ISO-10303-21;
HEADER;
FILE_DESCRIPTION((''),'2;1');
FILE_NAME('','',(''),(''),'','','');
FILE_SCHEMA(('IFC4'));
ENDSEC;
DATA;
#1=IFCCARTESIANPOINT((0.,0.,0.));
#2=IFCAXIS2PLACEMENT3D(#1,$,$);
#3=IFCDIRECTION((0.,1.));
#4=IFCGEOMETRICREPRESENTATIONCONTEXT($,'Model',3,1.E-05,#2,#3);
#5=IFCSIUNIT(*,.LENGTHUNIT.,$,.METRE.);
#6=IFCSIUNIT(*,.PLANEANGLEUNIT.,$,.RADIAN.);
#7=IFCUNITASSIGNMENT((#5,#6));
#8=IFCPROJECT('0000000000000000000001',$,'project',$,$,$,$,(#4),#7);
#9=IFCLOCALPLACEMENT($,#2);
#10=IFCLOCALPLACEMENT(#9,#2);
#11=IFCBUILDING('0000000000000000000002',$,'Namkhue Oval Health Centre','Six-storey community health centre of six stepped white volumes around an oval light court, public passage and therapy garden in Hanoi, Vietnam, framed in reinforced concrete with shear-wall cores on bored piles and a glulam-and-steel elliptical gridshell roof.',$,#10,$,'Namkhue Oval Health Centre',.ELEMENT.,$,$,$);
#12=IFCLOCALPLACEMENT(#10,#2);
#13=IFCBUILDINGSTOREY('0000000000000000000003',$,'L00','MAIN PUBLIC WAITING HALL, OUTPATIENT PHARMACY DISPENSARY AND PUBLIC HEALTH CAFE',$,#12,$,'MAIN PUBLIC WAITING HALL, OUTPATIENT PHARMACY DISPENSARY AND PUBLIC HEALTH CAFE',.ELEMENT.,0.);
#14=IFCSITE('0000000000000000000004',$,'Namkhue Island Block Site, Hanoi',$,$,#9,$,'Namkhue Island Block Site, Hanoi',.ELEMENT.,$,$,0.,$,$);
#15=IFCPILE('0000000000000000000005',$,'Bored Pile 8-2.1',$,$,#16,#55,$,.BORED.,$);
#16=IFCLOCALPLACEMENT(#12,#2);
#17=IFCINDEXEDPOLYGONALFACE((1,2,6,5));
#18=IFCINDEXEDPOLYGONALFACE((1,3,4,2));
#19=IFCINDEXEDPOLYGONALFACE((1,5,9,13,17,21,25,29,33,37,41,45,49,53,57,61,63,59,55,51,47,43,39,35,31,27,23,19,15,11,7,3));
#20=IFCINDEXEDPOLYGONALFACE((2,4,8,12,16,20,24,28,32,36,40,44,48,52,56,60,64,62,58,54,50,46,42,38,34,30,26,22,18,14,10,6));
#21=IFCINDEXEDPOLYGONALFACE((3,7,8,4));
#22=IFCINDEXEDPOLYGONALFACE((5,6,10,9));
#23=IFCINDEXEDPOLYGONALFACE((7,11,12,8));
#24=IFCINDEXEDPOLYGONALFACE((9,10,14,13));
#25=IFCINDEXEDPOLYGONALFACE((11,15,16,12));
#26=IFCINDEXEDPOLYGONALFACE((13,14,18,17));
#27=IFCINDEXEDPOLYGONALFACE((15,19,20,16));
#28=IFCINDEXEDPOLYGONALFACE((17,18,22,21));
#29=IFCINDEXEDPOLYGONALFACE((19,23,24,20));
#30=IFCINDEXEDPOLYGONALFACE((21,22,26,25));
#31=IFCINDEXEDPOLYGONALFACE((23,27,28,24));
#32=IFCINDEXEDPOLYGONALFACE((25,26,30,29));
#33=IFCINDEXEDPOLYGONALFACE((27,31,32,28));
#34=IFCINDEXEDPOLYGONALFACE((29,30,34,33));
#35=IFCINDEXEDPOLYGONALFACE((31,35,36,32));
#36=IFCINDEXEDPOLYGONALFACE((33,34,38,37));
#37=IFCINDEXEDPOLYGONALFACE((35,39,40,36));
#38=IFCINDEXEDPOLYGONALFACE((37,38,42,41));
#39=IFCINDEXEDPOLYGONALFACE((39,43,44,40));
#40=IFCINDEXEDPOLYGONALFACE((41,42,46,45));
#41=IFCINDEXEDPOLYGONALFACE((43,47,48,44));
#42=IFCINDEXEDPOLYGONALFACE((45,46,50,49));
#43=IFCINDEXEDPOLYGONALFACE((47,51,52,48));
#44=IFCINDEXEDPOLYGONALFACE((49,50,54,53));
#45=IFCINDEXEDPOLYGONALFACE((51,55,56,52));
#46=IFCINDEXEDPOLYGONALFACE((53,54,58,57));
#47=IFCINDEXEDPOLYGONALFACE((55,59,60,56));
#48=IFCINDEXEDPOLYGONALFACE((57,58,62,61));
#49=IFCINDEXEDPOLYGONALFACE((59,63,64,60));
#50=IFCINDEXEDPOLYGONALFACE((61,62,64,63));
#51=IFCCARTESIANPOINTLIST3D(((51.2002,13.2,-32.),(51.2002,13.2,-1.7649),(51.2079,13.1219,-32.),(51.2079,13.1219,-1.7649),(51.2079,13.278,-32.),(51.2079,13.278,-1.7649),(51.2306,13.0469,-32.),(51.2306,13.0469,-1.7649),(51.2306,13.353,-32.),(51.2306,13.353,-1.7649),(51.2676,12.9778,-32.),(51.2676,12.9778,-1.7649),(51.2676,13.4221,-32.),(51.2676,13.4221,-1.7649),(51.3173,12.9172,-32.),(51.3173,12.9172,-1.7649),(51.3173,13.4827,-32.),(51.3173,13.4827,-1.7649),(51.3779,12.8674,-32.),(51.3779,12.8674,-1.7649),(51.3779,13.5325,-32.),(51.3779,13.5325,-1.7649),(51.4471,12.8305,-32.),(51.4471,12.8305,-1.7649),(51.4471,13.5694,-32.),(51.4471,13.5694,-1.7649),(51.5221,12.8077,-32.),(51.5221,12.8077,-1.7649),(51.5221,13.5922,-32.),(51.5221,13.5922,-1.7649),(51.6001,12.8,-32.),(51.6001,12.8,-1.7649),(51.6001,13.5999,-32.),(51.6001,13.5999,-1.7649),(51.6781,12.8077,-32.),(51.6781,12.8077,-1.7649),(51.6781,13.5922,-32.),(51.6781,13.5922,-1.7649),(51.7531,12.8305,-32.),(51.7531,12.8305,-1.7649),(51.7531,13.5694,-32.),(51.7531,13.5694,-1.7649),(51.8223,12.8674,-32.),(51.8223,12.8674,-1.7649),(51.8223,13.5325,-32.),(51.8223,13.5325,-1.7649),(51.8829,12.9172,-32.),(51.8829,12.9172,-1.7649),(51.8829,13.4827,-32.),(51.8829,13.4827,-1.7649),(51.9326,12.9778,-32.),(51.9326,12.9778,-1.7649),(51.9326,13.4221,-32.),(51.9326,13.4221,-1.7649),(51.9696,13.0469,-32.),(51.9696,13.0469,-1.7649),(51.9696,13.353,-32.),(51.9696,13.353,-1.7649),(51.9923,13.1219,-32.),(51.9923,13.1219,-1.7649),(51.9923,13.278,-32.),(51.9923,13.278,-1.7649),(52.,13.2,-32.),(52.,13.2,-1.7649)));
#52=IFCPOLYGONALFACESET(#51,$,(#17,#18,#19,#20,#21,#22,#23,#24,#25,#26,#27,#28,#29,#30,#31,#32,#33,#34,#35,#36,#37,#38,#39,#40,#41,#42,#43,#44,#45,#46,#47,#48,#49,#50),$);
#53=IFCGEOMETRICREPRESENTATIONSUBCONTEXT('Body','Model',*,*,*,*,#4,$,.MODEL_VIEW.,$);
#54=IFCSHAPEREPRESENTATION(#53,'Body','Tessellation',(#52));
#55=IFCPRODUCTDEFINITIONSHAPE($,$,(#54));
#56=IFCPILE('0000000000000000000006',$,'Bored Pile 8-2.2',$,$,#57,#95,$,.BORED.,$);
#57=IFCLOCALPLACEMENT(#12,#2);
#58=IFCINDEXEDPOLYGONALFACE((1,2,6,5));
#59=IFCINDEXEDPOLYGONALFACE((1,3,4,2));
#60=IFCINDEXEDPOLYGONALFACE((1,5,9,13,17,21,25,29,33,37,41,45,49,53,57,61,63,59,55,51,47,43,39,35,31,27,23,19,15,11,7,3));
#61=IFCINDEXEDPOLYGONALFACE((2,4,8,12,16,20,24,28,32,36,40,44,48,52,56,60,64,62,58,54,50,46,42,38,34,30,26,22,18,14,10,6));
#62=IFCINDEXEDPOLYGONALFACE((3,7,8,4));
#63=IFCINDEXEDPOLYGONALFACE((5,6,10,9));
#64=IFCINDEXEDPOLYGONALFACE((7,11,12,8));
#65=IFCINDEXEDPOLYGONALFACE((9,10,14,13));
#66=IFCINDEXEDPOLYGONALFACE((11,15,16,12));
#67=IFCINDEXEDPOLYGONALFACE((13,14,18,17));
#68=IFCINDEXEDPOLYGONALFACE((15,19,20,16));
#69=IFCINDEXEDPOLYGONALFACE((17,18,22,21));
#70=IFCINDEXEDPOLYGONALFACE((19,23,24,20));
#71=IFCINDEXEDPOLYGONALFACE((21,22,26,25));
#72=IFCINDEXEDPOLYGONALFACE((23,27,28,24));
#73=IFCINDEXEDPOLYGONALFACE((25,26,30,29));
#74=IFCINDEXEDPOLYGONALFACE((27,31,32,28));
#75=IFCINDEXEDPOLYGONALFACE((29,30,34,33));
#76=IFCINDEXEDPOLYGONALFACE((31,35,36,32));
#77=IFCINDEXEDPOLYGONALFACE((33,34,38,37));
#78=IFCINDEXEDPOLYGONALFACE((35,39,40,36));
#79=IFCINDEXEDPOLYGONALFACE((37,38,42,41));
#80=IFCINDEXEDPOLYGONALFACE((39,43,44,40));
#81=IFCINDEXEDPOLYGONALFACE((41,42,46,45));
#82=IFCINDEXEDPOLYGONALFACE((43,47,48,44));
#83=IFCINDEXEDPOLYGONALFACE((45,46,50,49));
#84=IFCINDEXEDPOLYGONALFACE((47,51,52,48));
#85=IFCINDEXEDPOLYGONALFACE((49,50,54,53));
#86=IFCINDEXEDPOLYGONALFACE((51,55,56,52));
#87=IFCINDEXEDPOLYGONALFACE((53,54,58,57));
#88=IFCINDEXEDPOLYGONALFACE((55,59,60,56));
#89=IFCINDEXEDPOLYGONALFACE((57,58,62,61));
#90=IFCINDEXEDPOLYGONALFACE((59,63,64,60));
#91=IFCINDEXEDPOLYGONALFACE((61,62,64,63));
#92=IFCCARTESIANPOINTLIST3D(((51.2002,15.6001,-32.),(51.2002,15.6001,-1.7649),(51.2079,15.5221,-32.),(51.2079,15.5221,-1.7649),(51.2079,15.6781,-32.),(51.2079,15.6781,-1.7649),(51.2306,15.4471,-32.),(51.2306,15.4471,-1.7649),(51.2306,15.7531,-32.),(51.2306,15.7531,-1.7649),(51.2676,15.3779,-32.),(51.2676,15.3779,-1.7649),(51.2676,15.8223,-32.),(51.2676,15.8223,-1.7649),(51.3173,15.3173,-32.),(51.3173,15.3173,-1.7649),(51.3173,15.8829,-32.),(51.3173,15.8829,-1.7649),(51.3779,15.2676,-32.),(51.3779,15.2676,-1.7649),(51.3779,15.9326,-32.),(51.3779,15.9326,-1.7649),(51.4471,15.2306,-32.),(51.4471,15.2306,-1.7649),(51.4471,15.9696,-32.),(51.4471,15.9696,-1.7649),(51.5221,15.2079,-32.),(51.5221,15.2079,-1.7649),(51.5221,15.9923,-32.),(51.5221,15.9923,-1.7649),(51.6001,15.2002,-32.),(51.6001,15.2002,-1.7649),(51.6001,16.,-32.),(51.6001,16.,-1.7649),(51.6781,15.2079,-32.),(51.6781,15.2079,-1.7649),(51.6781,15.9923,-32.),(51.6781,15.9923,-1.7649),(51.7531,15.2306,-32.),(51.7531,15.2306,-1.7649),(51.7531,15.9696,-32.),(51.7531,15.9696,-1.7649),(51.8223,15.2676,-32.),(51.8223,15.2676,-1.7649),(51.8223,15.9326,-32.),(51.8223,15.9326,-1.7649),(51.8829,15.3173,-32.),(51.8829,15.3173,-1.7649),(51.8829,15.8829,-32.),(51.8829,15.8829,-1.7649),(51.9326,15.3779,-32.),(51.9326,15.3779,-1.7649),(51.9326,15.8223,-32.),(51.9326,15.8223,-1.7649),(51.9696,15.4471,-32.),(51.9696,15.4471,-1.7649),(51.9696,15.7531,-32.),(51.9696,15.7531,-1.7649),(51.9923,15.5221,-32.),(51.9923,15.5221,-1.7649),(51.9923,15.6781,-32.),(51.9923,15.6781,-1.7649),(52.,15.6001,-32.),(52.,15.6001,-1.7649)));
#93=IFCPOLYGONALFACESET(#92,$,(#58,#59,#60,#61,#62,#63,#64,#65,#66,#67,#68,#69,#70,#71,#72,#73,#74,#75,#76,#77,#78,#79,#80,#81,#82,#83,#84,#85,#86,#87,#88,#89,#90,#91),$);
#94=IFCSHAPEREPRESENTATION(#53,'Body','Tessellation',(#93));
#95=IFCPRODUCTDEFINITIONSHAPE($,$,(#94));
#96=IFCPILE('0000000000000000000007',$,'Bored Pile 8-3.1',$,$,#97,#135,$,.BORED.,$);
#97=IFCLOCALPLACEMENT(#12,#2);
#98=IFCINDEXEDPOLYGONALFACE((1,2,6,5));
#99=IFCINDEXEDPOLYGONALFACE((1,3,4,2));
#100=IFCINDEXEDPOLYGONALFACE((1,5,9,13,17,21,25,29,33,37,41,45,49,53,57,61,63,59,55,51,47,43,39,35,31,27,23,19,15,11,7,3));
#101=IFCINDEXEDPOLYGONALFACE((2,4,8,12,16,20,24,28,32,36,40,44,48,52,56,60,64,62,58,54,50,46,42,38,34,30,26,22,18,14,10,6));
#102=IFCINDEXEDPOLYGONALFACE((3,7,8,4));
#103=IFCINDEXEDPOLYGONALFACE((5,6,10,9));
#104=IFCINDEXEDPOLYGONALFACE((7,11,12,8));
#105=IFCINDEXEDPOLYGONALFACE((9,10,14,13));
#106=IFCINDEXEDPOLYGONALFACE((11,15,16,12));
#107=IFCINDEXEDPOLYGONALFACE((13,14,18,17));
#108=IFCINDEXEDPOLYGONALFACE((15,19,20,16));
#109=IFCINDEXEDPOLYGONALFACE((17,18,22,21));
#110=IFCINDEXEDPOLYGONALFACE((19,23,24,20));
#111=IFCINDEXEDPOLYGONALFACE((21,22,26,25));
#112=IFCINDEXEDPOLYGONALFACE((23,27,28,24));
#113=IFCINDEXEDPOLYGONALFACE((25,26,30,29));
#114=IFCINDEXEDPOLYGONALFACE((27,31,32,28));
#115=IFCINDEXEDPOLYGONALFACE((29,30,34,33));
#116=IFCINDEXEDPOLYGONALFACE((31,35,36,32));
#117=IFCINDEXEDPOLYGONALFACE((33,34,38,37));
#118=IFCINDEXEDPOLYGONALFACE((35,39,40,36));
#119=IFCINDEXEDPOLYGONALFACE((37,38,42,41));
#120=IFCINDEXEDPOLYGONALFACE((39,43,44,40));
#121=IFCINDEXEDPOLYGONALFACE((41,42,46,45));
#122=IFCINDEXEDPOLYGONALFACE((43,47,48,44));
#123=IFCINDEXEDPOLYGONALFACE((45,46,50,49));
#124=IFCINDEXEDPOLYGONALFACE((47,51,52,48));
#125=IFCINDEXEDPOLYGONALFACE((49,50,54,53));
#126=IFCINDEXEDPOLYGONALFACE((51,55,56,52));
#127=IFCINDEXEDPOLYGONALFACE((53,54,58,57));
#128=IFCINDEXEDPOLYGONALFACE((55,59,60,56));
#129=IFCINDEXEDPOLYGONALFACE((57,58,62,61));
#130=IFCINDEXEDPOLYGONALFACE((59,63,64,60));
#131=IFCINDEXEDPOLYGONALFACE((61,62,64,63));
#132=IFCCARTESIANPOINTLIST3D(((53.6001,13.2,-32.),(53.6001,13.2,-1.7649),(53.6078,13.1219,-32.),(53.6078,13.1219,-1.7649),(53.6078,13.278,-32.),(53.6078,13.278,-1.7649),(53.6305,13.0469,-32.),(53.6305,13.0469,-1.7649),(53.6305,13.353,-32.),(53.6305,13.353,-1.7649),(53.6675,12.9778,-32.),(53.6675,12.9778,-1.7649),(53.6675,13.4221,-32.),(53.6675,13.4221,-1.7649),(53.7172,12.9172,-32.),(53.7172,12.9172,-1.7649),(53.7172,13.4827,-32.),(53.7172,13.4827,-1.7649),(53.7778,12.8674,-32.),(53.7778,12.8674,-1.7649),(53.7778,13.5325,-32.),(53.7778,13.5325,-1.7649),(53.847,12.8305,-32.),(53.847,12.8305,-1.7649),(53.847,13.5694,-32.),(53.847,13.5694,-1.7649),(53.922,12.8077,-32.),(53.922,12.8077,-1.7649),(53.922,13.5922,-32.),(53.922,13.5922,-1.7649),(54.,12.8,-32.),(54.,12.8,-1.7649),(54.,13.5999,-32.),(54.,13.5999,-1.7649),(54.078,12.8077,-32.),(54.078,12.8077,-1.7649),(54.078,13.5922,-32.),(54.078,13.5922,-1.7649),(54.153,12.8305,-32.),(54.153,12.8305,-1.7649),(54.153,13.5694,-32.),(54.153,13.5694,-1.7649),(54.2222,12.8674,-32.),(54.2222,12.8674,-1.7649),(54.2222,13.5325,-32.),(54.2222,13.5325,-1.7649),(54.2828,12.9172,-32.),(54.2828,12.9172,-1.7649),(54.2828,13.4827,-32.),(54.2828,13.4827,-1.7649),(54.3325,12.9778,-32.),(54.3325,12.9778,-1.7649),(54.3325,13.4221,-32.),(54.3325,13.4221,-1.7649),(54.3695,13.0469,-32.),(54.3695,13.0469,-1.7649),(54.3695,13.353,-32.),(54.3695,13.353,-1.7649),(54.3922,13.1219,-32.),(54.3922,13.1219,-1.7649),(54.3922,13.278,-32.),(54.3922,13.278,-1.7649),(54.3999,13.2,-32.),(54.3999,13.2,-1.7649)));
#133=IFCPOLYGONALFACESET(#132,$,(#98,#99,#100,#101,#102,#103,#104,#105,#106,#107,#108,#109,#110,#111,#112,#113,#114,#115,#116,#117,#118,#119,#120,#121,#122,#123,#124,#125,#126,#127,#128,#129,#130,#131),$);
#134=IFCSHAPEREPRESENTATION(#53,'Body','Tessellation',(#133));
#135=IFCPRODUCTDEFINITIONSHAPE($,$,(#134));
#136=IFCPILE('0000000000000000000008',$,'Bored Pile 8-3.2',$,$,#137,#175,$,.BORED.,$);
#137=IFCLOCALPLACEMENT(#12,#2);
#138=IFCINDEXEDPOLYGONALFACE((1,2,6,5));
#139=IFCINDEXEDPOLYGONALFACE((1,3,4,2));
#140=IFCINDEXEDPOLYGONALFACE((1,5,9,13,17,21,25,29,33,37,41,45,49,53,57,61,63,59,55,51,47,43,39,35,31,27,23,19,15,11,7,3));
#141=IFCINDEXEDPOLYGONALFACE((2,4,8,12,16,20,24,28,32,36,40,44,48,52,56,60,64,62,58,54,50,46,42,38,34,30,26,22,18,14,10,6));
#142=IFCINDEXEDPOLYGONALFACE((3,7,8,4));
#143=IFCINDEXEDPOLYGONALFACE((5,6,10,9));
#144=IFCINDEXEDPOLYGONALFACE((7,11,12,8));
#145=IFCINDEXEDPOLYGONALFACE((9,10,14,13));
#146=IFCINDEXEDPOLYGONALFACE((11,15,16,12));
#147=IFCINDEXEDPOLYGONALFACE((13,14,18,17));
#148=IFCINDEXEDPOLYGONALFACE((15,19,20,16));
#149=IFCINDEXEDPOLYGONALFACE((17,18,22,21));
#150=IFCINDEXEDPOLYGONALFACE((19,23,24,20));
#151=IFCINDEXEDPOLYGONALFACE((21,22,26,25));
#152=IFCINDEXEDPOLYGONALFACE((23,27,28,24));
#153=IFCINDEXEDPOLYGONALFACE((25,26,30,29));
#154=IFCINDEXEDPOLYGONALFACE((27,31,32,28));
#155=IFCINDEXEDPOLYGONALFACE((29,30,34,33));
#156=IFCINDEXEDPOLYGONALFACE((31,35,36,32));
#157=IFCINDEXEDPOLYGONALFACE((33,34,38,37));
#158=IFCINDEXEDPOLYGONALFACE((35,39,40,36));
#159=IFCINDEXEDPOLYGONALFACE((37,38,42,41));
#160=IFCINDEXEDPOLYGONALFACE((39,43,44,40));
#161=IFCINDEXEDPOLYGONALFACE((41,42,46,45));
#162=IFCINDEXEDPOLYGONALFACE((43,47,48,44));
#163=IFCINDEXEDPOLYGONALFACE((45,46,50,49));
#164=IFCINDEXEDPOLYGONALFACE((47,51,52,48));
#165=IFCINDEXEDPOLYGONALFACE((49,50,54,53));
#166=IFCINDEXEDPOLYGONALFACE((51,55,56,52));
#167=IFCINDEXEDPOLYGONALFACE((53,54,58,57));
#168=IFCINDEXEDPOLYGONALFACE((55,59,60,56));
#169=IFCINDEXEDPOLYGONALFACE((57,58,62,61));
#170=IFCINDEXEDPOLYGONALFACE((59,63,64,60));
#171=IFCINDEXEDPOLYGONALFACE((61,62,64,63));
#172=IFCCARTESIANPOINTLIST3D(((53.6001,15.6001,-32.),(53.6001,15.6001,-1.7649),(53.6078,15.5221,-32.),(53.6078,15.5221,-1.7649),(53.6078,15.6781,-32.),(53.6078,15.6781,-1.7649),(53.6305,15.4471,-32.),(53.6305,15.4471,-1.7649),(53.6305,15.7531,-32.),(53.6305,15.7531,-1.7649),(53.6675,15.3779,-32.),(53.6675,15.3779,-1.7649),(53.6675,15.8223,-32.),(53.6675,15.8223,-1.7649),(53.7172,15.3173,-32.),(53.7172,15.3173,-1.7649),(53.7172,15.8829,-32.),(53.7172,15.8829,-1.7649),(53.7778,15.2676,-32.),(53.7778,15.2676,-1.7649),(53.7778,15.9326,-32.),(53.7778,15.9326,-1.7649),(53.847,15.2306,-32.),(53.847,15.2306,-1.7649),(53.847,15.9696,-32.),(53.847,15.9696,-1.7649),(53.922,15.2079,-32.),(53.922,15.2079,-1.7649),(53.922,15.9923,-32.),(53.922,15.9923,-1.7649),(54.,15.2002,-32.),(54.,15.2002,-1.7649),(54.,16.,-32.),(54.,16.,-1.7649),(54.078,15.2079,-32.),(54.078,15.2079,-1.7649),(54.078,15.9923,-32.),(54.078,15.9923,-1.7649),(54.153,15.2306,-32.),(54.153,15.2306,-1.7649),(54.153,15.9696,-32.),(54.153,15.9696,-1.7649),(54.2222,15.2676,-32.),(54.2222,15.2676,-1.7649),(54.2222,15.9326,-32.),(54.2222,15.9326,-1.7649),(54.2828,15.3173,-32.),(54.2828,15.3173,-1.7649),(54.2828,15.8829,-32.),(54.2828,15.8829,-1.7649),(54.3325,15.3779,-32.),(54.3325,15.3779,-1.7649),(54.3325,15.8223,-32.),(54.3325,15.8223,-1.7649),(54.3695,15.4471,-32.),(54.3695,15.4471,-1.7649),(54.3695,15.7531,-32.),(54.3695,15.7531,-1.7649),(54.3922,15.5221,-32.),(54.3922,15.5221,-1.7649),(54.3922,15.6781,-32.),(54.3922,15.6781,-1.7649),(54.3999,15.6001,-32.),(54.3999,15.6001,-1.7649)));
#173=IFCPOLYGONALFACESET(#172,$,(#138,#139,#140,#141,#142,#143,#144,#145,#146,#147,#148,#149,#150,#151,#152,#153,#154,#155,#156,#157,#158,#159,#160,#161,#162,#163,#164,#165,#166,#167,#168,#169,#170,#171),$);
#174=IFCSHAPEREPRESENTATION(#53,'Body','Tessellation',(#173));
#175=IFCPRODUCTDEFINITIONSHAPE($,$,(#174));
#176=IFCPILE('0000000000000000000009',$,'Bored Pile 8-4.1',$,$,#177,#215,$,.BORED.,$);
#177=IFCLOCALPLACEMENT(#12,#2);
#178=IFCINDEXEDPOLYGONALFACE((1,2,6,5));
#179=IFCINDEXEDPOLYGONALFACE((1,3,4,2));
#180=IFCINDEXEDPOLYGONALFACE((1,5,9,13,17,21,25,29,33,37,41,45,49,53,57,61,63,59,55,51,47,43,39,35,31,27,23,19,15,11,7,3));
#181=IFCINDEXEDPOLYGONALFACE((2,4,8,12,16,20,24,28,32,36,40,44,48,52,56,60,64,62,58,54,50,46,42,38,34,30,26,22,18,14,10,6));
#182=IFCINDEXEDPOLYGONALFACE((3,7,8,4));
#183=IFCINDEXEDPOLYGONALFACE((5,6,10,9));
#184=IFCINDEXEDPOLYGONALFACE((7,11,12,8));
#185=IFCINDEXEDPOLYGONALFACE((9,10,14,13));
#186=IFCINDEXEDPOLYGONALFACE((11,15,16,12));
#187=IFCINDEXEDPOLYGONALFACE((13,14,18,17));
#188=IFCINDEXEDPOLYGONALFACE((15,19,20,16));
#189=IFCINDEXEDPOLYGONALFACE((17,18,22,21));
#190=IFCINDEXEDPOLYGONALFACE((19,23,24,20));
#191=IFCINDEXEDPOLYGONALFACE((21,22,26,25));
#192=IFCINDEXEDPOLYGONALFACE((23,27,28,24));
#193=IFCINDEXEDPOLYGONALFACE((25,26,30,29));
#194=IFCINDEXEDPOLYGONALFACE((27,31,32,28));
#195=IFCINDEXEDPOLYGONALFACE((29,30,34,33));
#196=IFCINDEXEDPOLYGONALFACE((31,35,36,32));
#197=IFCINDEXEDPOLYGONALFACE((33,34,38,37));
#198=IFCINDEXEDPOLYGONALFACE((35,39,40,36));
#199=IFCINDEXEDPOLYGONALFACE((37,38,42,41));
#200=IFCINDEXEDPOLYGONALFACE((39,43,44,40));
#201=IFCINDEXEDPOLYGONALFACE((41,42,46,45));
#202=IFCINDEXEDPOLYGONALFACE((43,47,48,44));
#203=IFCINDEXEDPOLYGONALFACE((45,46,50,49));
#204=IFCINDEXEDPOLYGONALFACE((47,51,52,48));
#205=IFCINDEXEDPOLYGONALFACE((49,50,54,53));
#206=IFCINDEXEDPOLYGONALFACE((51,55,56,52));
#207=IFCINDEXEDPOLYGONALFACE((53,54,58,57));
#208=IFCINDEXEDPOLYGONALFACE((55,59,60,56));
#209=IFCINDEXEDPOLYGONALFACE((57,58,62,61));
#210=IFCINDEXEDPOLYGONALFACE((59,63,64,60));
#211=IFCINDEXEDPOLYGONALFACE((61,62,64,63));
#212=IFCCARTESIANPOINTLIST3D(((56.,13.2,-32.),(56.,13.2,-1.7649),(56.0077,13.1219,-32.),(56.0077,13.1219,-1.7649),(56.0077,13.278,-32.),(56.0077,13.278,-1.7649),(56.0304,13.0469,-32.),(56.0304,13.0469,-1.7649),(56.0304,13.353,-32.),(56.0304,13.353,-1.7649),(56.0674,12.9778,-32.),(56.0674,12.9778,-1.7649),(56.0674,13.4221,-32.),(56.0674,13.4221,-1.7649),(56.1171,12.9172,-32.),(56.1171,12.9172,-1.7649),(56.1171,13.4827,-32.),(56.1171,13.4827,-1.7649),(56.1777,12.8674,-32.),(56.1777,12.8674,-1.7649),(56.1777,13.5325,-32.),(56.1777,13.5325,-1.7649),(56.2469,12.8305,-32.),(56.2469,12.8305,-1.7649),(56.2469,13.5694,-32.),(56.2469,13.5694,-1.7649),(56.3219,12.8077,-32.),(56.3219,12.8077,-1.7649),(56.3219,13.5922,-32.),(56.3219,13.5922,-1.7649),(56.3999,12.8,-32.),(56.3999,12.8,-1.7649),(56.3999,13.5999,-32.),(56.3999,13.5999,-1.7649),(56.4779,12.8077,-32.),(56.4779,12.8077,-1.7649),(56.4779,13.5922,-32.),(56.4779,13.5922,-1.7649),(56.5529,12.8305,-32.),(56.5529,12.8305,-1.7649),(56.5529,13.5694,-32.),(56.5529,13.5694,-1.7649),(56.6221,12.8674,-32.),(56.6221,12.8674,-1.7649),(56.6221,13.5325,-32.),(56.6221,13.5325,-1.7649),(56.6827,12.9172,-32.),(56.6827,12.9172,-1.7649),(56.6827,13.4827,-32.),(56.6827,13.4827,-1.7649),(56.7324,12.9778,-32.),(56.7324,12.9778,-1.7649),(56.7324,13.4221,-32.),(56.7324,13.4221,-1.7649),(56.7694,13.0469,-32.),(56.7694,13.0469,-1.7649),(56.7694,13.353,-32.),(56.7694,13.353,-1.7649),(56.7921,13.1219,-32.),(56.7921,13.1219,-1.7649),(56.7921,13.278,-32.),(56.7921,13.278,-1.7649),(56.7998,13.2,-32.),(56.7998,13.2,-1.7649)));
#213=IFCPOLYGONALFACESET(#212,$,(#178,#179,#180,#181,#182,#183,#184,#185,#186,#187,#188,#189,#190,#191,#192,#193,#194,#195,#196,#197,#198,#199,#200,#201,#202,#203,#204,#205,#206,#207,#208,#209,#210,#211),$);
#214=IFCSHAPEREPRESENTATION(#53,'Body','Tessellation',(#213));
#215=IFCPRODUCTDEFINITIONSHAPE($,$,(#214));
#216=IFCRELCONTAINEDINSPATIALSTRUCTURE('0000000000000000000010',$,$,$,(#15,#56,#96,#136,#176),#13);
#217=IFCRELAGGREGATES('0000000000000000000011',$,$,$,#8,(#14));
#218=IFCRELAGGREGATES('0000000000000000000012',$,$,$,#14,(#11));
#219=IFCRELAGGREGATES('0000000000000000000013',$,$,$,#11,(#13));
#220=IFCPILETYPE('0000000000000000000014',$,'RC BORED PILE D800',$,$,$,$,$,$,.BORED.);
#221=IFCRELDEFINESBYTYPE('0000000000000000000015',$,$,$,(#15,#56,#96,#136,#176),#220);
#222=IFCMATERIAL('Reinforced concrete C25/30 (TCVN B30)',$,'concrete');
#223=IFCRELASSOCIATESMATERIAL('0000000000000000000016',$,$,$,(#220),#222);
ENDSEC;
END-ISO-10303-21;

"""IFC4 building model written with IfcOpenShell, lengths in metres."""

from ifc_helpers import new_model, si_unit, direction, frame, origin, origin_2d, place, context, subcontext, project, spatial, circle, extrude, material, material_profile, profile_set, type_object, element, save


model = new_model("IFC4")

# Units and contexts
model_context = context("Model", 3, precision=1e-05, world=origin(), true_north=direction((0.0, 1.0)))
body_context = subcontext(model_context, "Body", "Model", "MODEL_VIEW")
ifc_project = project(units=[si_unit("LENGTHUNIT", "METRE"), si_unit("PLANEANGLEUNIT", "RADIAN")], contexts=[model_context])

# Site, building, storey
site_placement = place(None, origin())
site = spatial("IfcSite", under=ifc_project, at=site_placement, Name="Namkhue Island Block Site, Hanoi", LongName="Namkhue Island Block Site, Hanoi", CompositionType="ELEMENT", RefElevation=0.0)
building_placement = place(site_placement, origin())
building = spatial("IfcBuilding", under=site, at=building_placement, Name="Namkhue Oval Health Centre", Description="Six-storey community health centre of six stepped white volumes around an oval light court, public passage and therapy garden in Hanoi, Vietnam, framed in reinforced concrete with shear-wall cores on bored piles and a glulam-and-steel elliptical gridshell roof.", LongName="Namkhue Oval Health Centre", CompositionType="ELEMENT")
storey_placement = place(building_placement, origin())
storey = spatial("IfcBuildingStorey", under=building, at=storey_placement, Name="L00", Description="MAIN PUBLIC WAITING HALL, OUTPATIENT PHARMACY DISPENSARY AND PUBLIC HEALTH CAFE", LongName="MAIN PUBLIC WAITING HALL, OUTPATIENT PHARMACY DISPENSARY AND PUBLIC HEALTH CAFE", CompositionType="ELEMENT", Elevation=0.0)

# Piles
ifc_material_1 = material(Name="Reinforced concrete C25/30 (TCVN B30)", Category="concrete")
ifc_material_profile_1 = material_profile(ifc_material_1, circle(Radius=0.3999, at=origin_2d()), Name="BORED PILE D800")
ifc_profile_set_1 = profile_set([ifc_material_profile_1], Name="Reinforced concrete C25/30 (TCVN B30)")
pile_type = type_object("IfcPileType", Name="RC BORED PILE D800", PredefinedType="BORED", material=ifc_profile_set_1)
for number, where, z_axis, x_axis, name in (
    (1, (51.6001, 13.2, -1.7649), (0.0, 0.0, -1.0), (1.0, 0.0, 0.0), "Bored Pile 8-2.1"),
    (2, (51.6001, 15.6001, -1.7649), (0.0, 0.0, -1.0), (1.0, 0.0, 0.0), "Bored Pile 8-2.2"),
    (3, (54.0, 13.2, -1.7649), (0.0, 0.0, -1.0), (1.0, 0.0, 0.0), "Bored Pile 8-3.1"),
    (4, (54.0, 15.6001, -1.7649), (0.0, 0.0, -1.0), (1.0, 0.0, 0.0), "Bored Pile 8-3.2"),
    (5, (56.3999, 13.2, -1.7649), (0.0, 0.0, -1.0), (1.0, 0.0, 0.0), "Bored Pile 8-4.1"),
):
    element("IfcPile", number, at=place(storey_placement, frame(where, z_axis=z_axis, x_axis=x_axis)), inside=storey, type_object=pile_type, Name=name, PredefinedType="BORED", context=body_context, shape_type="SweptSolid", body=[
        extrude(circle(Radius=0.3999, at=origin_2d()), origin(), (0.0, 0.0, 1.0), 30.2351),
    ])

save(model, "model.ifc")
